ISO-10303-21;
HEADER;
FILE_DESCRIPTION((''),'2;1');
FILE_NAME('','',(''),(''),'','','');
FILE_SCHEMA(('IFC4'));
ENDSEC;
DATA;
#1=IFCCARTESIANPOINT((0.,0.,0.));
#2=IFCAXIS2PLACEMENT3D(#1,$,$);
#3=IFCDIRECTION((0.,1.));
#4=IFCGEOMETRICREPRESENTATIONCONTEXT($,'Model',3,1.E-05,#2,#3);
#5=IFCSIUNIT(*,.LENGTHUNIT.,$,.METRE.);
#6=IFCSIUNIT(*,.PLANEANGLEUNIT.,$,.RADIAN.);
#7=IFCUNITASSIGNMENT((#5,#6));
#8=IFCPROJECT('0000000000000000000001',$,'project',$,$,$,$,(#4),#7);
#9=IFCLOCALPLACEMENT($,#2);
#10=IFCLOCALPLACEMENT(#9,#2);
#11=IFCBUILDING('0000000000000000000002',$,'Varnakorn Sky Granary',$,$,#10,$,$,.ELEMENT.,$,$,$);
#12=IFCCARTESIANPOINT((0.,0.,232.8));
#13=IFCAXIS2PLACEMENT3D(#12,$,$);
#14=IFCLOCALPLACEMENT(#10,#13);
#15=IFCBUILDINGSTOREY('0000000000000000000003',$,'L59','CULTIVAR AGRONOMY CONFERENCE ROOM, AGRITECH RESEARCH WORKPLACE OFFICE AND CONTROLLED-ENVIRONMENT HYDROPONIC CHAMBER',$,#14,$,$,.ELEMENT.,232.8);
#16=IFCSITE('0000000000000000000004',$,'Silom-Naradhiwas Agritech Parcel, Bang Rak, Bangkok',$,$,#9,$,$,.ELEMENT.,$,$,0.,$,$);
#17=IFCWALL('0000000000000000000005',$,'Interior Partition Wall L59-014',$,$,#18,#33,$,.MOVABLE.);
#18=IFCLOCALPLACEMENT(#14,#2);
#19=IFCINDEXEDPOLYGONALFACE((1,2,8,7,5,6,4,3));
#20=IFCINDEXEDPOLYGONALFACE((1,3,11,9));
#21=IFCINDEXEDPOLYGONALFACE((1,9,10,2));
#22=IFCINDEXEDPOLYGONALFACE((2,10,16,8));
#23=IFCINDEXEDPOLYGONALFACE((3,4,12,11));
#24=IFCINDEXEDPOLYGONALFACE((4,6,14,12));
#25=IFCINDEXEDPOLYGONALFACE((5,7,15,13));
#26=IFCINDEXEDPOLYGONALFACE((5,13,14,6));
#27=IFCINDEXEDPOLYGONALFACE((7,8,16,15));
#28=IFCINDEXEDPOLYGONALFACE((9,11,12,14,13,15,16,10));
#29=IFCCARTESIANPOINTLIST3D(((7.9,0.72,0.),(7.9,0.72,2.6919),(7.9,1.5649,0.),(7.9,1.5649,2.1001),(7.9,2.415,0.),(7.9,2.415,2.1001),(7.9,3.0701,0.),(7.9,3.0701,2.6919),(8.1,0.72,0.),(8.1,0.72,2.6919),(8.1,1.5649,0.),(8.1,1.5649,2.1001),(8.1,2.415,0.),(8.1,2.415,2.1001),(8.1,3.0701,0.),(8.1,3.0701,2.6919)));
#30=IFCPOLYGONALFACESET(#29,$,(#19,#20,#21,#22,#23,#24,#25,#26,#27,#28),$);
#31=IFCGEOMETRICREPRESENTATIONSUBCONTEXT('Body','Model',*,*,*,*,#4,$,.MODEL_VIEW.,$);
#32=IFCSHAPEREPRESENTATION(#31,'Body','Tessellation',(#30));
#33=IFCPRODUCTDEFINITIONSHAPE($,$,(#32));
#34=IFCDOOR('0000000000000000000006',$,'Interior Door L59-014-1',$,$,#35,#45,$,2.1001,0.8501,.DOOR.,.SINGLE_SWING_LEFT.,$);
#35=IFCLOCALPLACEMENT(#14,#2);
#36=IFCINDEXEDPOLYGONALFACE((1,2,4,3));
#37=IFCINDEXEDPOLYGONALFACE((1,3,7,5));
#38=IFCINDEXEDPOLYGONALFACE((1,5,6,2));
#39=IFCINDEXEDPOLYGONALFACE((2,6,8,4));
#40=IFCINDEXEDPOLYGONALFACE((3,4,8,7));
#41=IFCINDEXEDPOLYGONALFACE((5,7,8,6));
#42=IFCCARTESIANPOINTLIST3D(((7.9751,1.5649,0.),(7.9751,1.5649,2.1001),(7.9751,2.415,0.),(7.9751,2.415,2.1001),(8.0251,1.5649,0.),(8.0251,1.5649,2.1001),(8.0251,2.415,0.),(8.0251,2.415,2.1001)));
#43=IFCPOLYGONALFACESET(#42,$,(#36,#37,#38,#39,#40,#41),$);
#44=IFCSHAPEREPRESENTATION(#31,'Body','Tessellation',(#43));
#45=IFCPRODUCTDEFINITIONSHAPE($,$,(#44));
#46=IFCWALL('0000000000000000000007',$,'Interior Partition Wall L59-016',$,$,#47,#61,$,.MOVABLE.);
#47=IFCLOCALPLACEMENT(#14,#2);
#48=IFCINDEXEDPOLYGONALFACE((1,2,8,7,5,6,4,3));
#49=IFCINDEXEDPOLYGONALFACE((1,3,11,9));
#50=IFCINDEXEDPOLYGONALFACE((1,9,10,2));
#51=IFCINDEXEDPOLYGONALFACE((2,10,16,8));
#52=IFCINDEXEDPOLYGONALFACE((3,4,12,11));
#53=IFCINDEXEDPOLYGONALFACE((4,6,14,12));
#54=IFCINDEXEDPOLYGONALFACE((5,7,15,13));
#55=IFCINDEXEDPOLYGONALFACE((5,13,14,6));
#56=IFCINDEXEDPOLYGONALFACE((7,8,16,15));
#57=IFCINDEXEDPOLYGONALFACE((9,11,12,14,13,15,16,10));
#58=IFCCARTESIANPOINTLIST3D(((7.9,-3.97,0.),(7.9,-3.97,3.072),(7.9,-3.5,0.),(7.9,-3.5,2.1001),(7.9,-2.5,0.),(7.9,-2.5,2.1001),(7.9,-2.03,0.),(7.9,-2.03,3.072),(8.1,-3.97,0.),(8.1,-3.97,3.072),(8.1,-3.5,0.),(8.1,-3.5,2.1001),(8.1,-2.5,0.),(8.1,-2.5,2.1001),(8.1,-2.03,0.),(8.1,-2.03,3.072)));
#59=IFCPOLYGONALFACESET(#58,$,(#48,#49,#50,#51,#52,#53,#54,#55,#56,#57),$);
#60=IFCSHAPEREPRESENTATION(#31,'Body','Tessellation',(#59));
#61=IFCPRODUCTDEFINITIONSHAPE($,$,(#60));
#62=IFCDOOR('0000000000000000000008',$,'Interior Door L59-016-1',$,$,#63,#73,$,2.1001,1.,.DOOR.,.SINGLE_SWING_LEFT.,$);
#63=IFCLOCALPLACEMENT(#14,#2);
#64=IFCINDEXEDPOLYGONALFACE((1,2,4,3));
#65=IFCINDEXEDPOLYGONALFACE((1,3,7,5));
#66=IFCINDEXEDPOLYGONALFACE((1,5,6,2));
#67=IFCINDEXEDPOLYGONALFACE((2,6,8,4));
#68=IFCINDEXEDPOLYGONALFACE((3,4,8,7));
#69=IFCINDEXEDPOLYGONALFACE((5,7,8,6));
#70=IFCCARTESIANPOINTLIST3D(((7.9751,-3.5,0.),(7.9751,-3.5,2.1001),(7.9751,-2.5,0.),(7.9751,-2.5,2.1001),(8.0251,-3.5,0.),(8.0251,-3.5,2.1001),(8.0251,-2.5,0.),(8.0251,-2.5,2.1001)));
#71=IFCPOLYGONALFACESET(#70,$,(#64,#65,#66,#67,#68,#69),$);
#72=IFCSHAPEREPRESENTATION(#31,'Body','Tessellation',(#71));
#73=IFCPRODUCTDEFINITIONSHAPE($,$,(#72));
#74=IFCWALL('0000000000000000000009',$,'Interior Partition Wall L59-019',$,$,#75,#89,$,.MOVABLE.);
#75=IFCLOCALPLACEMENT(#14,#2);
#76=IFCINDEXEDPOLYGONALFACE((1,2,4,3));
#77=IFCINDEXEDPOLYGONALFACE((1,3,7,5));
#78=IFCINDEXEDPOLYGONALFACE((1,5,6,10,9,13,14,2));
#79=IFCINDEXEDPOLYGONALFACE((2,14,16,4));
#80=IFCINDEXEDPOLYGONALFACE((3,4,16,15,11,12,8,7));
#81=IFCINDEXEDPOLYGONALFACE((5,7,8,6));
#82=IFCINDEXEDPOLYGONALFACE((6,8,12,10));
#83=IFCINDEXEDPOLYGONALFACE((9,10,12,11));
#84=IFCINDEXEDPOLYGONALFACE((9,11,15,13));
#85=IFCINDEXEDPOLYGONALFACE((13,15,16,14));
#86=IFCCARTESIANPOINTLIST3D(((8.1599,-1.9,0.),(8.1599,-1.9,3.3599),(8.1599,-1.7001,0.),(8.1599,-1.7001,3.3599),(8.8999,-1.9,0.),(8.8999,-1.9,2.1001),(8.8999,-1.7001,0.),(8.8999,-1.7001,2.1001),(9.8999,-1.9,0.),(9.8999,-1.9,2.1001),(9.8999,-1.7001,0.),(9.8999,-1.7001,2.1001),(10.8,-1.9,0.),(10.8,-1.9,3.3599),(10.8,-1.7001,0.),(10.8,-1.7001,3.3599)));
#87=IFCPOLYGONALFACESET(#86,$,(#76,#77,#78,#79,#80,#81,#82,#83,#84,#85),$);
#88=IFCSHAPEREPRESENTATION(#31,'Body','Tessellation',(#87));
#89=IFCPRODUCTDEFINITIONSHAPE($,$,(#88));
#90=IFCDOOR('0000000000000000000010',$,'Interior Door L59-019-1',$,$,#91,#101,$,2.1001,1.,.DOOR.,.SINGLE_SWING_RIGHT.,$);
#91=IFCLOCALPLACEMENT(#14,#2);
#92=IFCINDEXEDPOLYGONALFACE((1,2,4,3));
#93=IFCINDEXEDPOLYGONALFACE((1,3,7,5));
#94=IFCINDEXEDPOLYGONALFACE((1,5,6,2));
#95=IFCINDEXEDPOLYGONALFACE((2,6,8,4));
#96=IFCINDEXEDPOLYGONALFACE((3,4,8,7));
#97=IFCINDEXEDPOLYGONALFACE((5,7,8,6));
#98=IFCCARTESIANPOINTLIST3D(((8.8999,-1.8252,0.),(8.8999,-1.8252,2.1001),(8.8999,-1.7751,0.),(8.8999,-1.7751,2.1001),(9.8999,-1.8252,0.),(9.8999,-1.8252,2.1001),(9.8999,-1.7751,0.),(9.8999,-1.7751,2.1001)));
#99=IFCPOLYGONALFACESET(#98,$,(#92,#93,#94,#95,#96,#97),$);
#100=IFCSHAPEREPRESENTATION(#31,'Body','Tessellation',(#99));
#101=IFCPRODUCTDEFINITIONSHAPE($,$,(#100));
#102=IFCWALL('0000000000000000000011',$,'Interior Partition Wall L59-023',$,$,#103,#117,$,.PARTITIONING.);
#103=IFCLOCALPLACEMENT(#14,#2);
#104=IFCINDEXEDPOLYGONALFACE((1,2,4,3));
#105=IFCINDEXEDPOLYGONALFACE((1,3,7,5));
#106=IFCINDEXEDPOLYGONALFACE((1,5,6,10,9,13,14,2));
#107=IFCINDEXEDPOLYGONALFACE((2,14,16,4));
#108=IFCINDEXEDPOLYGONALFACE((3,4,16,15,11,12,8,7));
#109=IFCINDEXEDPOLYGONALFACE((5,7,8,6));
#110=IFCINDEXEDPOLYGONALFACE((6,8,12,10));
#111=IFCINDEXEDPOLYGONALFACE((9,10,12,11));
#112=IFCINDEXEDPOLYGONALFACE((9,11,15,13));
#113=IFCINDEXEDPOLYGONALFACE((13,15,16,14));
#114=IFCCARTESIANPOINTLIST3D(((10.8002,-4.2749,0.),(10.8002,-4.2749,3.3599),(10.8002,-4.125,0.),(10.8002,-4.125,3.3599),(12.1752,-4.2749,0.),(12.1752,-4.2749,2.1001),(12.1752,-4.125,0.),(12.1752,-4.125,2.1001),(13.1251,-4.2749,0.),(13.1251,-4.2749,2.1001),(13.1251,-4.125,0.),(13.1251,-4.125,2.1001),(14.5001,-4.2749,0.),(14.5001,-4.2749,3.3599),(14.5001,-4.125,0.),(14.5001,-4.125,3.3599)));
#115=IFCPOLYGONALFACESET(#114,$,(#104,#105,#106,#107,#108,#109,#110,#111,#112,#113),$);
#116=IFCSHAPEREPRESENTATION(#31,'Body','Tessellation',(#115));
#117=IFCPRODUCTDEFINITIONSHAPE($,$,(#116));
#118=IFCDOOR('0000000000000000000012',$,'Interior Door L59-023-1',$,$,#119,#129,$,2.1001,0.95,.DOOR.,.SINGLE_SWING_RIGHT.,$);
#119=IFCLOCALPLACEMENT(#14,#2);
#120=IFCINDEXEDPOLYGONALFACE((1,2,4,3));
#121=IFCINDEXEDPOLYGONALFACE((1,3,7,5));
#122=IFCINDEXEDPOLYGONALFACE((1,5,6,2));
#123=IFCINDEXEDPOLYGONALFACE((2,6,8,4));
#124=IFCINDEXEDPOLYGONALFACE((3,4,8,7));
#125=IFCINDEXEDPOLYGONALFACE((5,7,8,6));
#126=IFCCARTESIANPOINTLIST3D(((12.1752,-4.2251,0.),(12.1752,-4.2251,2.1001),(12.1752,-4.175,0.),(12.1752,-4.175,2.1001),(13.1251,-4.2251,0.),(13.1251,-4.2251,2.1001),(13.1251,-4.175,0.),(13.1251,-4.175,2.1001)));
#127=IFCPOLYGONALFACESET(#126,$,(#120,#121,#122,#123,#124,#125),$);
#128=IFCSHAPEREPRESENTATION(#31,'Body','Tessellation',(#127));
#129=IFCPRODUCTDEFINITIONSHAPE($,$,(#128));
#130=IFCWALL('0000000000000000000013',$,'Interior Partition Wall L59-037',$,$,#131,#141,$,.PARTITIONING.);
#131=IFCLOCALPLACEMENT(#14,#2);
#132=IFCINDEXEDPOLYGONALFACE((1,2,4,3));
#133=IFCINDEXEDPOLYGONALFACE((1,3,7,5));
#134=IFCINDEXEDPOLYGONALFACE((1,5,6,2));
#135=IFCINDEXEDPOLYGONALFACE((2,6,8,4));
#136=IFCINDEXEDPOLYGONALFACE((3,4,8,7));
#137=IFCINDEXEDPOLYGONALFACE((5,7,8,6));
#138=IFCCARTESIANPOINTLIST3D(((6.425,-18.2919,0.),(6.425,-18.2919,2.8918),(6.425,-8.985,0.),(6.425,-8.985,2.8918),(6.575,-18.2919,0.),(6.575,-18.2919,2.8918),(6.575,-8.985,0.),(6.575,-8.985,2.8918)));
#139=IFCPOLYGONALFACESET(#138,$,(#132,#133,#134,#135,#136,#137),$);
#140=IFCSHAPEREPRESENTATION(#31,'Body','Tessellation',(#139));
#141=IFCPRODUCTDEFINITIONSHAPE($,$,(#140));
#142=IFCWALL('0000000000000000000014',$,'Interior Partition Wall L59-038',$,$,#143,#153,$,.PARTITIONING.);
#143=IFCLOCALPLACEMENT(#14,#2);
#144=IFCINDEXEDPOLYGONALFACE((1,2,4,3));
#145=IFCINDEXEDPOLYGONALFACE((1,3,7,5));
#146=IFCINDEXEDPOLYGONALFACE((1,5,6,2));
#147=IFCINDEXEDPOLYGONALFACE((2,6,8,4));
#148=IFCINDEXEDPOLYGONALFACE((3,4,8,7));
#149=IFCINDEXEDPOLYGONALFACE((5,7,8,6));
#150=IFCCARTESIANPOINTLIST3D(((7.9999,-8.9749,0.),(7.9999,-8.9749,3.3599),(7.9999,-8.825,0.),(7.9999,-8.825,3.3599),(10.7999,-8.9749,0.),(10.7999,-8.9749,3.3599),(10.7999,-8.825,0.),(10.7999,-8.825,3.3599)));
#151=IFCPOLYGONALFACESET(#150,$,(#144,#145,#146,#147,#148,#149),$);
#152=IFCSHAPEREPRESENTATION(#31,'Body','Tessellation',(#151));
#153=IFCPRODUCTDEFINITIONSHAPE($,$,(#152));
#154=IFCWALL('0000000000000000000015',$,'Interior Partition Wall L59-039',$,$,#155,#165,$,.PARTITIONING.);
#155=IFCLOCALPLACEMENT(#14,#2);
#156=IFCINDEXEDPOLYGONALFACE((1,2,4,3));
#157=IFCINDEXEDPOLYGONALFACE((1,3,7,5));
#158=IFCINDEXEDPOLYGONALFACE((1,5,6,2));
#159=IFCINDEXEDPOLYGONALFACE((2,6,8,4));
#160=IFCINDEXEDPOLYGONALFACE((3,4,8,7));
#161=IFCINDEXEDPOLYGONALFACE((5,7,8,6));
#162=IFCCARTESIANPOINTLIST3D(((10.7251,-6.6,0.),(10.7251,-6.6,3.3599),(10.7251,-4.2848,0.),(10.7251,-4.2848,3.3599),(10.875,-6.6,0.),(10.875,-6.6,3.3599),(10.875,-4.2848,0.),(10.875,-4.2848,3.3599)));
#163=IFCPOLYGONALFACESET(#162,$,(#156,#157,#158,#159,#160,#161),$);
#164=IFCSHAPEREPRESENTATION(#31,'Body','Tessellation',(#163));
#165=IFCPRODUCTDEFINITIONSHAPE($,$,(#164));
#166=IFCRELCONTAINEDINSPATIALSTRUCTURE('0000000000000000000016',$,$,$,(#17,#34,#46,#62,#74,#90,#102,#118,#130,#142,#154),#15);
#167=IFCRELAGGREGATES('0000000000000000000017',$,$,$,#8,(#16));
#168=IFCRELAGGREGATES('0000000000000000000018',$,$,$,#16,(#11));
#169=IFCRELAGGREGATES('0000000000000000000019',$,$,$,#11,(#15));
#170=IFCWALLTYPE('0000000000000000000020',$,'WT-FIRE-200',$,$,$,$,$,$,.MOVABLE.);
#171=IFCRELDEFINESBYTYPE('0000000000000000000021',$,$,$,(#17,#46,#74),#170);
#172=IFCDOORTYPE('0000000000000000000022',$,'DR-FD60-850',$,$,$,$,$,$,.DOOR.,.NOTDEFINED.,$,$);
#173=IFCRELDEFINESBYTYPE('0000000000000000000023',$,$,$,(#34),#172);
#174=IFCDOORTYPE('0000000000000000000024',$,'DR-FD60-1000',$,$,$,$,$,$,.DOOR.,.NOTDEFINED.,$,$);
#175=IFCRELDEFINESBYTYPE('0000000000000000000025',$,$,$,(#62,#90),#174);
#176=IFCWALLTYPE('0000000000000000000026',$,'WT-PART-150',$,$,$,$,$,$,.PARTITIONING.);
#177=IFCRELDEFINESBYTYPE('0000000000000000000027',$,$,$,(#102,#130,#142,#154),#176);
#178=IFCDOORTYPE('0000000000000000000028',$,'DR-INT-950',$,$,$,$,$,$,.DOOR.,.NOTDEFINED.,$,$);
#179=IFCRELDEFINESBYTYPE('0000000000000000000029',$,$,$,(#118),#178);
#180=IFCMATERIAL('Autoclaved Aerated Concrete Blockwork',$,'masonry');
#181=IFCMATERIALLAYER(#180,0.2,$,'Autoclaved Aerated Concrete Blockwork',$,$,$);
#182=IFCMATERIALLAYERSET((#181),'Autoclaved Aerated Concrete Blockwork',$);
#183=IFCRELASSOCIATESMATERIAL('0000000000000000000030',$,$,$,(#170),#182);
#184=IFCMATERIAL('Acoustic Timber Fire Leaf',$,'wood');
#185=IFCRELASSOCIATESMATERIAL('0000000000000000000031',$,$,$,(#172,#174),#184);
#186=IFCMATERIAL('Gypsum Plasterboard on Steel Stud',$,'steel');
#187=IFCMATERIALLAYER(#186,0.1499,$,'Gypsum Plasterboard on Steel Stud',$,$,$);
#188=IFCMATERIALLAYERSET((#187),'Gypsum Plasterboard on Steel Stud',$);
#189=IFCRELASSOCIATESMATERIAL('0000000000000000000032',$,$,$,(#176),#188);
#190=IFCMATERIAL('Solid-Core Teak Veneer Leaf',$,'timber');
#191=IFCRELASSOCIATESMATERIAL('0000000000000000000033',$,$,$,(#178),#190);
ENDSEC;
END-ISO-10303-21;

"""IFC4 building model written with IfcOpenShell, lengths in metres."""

from ifc_helpers import new_model, si_unit, direction, frame, frame_2d, origin, place, context, subcontext, project, spatial, rectangle, extrude, material, layer, layer_set, type_object, element, fill, save


model = new_model("IFC4")

# Units and contexts
model_context = context("Model", 3, precision=1e-05, world=origin(), true_north=direction((0.0, 1.0)))
body_context = subcontext(model_context, "Body", "Model", "MODEL_VIEW")
ifc_project = project(units=[si_unit("LENGTHUNIT", "METRE"), si_unit("PLANEANGLEUNIT", "RADIAN")], contexts=[model_context])

# Site, building, storey
site_placement = place(None, origin())
site = spatial("IfcSite", under=ifc_project, at=site_placement, Name="Silom-Naradhiwas Agritech Parcel, Bang Rak, Bangkok", CompositionType="ELEMENT", RefElevation=0.0)
building_placement = place(site_placement, origin())
building = spatial("IfcBuilding", under=site, at=building_placement, Name="Varnakorn Sky Granary", CompositionType="ELEMENT")
storey_placement = place(building_placement, frame((0.0, 0.0, 232.8)))
storey = spatial("IfcBuildingStorey", under=building, at=storey_placement, Name="L59", Description="CULTIVAR AGRONOMY CONFERENCE ROOM, AGRITECH RESEARCH WORKPLACE OFFICE AND CONTROLLED-ENVIRONMENT HYDROPONIC CHAMBER", CompositionType="ELEMENT", Elevation=232.8)

# Walls, openings, doors
ifc_material_1 = material(Name="Autoclaved Aerated Concrete Blockwork", Category="masonry")
ifc_layer_1 = layer(ifc_material_1, 0.2, Name="Autoclaved Aerated Concrete Blockwork")
ifc_layer_set_1 = layer_set([ifc_layer_1], Name="Autoclaved Aerated Concrete Blockwork")
wall_type_1 = type_object("IfcWallType", Name="WT-FIRE-200", PredefinedType="MOVABLE", material=ifc_layer_set_1)
wall_1_placement = place(storey_placement, frame((8.0, 0.72, 0.0), z_axis=(0.0, 0.0, 1.0), x_axis=(0.0, 1.0, 0.0)))
wall_1 = element("IfcWall", 1, at=wall_1_placement, inside=storey, type_object=wall_type_1, Name="Interior Partition Wall L59-014", PredefinedType="MOVABLE", context=body_context, shape_type="SweptSolid", body=[
    extrude(rectangle(XDim=2.3501, YDim=0.2, at=frame_2d((1.175, 0.0))), origin(), (0.0, 0.0, 1.0), 2.6919),
])
opening_1_placement = place(wall_1_placement, frame((0.845, 0.0, 0.0)))
opening_1 = element("IfcOpeningElement", 2, at=opening_1_placement, cuts=wall_1, PredefinedType="OPENING", context=body_context, shape_type="SweptSolid", body=[
    extrude(rectangle(XDim=0.8501, YDim=2.1001, at=frame_2d((0.425, 1.05))), frame((0.0, 0.1099, 0.0), z_axis=(0.0, -1.0, 0.0), x_axis=(1.0, 0.0, 0.0)), (0.0, 0.0, 1.0), 0.22),
])
ifc_material_2 = material(Name="Acoustic Timber Fire Leaf", Category="wood")
door_type_1 = type_object("IfcDoorType", Name="DR-FD60-850", OperationType="NOTDEFINED", PredefinedType="DOOR", material=ifc_material_2)
door_1_placement = place(opening_1_placement, origin())
door_1 = element("IfcDoor", 3, at=door_1_placement, inside=storey, type_object=door_type_1, Name="Interior Door L59-014-1", OperationType="SINGLE_SWING_LEFT", OverallHeight=2.1001, OverallWidth=0.8501, PredefinedType="DOOR", context=body_context, shape_type="SweptSolid", body=[
    extrude(rectangle(XDim=0.8501, YDim=2.1001, at=frame_2d((0.425, 1.05))), frame((0.0, 0.0249, 0.0), z_axis=(0.0, -1.0, 0.0), x_axis=(1.0, 0.0, 0.0)), (0.0, 0.0, 1.0), 0.05),
])
fill(opening_1, door_1)
wall_2_placement = place(storey_placement, frame((8.0, -3.97, 0.0), z_axis=(0.0, 0.0, 1.0), x_axis=(0.0, 1.0, 0.0)))
wall_2 = element("IfcWall", 4, at=wall_2_placement, inside=storey, type_object=wall_type_1, Name="Interior Partition Wall L59-016", PredefinedType="MOVABLE", context=body_context, shape_type="SweptSolid", body=[
    extrude(rectangle(XDim=1.9399, YDim=0.2, at=frame_2d((0.97, 0.0))), origin(), (0.0, 0.0, 1.0), 3.072),
])
opening_2_placement = place(wall_2_placement, frame((0.47, 0.0, 0.0)))
opening_2 = element("IfcOpeningElement", 5, at=opening_2_placement, cuts=wall_2, PredefinedType="OPENING", context=body_context, shape_type="SweptSolid", body=[
    extrude(rectangle(XDim=1.0, YDim=2.1001, at=frame_2d((0.5, 1.05))), frame((0.0, 0.1099, 0.0), z_axis=(0.0, -1.0, 0.0), x_axis=(1.0, 0.0, 0.0)), (0.0, 0.0, 1.0), 0.22),
])
door_type_2 = type_object("IfcDoorType", Name="DR-FD60-1000", OperationType="NOTDEFINED", PredefinedType="DOOR", material=ifc_material_2)
door_2_placement = place(opening_2_placement, origin())
door_2 = element("IfcDoor", 6, at=door_2_placement, inside=storey, type_object=door_type_2, Name="Interior Door L59-016-1", OperationType="SINGLE_SWING_LEFT", OverallHeight=2.1001, OverallWidth=1.0, PredefinedType="DOOR", context=body_context, shape_type="SweptSolid", body=[
    extrude(rectangle(XDim=1.0, YDim=2.1001, at=frame_2d((0.5, 1.05))), frame((0.0, 0.0249, 0.0), z_axis=(0.0, -1.0, 0.0), x_axis=(1.0, 0.0, 0.0)), (0.0, 0.0, 1.0), 0.05),
])
fill(opening_2, door_2)
wall_3_placement = place(storey_placement, frame((8.1599, -1.8, 0.0), z_axis=(0.0, 0.0, 1.0), x_axis=(1.0, 0.0, 0.0)))
wall_3 = element("IfcWall", 7, at=wall_3_placement, inside=storey, type_object=wall_type_1, Name="Interior Partition Wall L59-019", PredefinedType="MOVABLE", context=body_context, shape_type="SweptSolid", body=[
    extrude(rectangle(XDim=2.6401, YDim=0.2, at=frame_2d((1.3201, 0.0))), origin(), (0.0, 0.0, 1.0), 3.3599),
])
opening_3_placement = place(wall_3_placement, frame((0.74, 0.0, 0.0)))
opening_3 = element("IfcOpeningElement", 8, at=opening_3_placement, cuts=wall_3, PredefinedType="OPENING", context=body_context, shape_type="SweptSolid", body=[
    extrude(rectangle(XDim=1.0, YDim=2.1001, at=frame_2d((0.5, 1.05))), frame((0.0, 0.1099, 0.0), z_axis=(0.0, -1.0, 0.0), x_axis=(1.0, 0.0, 0.0)), (0.0, 0.0, 1.0), 0.22),
])
door_3_placement = place(opening_3_placement, origin())
door_3 = element("IfcDoor", 9, at=door_3_placement, inside=storey, type_object=door_type_2, Name="Interior Door L59-019-1", OperationType="SINGLE_SWING_RIGHT", OverallHeight=2.1001, OverallWidth=1.0, PredefinedType="DOOR", context=body_context, shape_type="SweptSolid", body=[
    extrude(rectangle(XDim=1.0, YDim=2.1001, at=frame_2d((0.5, 1.05))), frame((0.0, 0.0249, 0.0), z_axis=(0.0, -1.0, 0.0), x_axis=(1.0, 0.0, 0.0)), (0.0, 0.0, 1.0), 0.05),
])
fill(opening_3, door_3)
ifc_material_3 = material(Name="Gypsum Plasterboard on Steel Stud", Category="steel")
ifc_layer_2 = layer(ifc_material_3, 0.1499, Name="Gypsum Plasterboard on Steel Stud")
ifc_layer_set_2 = layer_set([ifc_layer_2], Name="Gypsum Plasterboard on Steel Stud")
wall_type_2 = type_object("IfcWallType", Name="WT-PART-150", PredefinedType="PARTITIONING", material=ifc_layer_set_2)
wall_4_placement = place(storey_placement, frame((10.8, -4.2, 0.0), z_axis=(0.0, 0.0, 1.0), x_axis=(1.0, 0.0, 0.0)))
wall_4 = element("IfcWall", 10, at=wall_4_placement, inside=storey, type_object=wall_type_2, Name="Interior Partition Wall L59-023", PredefinedType="PARTITIONING", context=body_context, shape_type="SweptSolid", body=[
    extrude(rectangle(XDim=3.7, YDim=0.1499, at=frame_2d((1.8501, 0.0))), origin(), (0.0, 0.0, 1.0), 3.3599),
])
opening_4_placement = place(wall_4_placement, frame((1.375, 0.0, 0.0)))
opening_4 = element("IfcOpeningElement", 11, at=opening_4_placement, cuts=wall_4, PredefinedType="OPENING", context=body_context, shape_type="SweptSolid", body=[
    extrude(rectangle(XDim=0.95, YDim=2.1001, at=frame_2d((0.4751, 1.05))), frame((0.0, 0.085, 0.0), z_axis=(0.0, -1.0, 0.0), x_axis=(1.0, 0.0, 0.0)), (0.0, 0.0, 1.0), 0.1699),
])
ifc_material_4 = material(Name="Solid-Core Teak Veneer Leaf", Category="timber")
door_type_3 = type_object("IfcDoorType", Name="DR-INT-950", OperationType="NOTDEFINED", PredefinedType="DOOR", material=ifc_material_4)
door_4_placement = place(opening_4_placement, origin())
door_4 = element("IfcDoor", 12, at=door_4_placement, inside=storey, type_object=door_type_3, Name="Interior Door L59-023-1", OperationType="SINGLE_SWING_RIGHT", OverallHeight=2.1001, OverallWidth=0.95, PredefinedType="DOOR", context=body_context, shape_type="SweptSolid", body=[
    extrude(rectangle(XDim=0.95, YDim=2.1001, at=frame_2d((0.4751, 1.05))), frame((0.0, 0.0249, 0.0), z_axis=(0.0, -1.0, 0.0), x_axis=(1.0, 0.0, 0.0)), (0.0, 0.0, 1.0), 0.05),
])
fill(opening_4, door_4)

# Walls
wall_5_placement = place(storey_placement, frame((6.5, -8.9851, 0.0), z_axis=(0.0, 0.0, 1.0), x_axis=(0.0, -1.0, 0.0)))
element("IfcWall", 13, at=wall_5_placement, inside=storey, type_object=wall_type_2, Name="Interior Partition Wall L59-037", PredefinedType="PARTITIONING", context=body_context, shape_type="SweptSolid", body=[
    extrude(rectangle(XDim=9.3069, YDim=0.1499, at=frame_2d((4.6533, 0.0))), origin(), (0.0, 0.0, 1.0), 2.8918),
])
wall_6_placement = place(storey_placement, frame((8.0, -8.8999, 0.0), z_axis=(0.0, 0.0, 1.0), x_axis=(1.0, 0.0, 0.0)))
element("IfcWall", 14, at=wall_6_placement, inside=storey, type_object=wall_type_2, Name="Interior Partition Wall L59-038", PredefinedType="PARTITIONING", context=body_context, shape_type="SweptSolid", body=[
    extrude(rectangle(XDim=2.8, YDim=0.1499, at=frame_2d((1.3999, 0.0))), origin(), (0.0, 0.0, 1.0), 3.3599),
])
wall_7_placement = place(storey_placement, frame((10.8, -6.6001, 0.0), z_axis=(0.0, 0.0, 1.0), x_axis=(0.0, 1.0, 0.0)))
element("IfcWall", 15, at=wall_7_placement, inside=storey, type_object=wall_type_2, Name="Interior Partition Wall L59-039", PredefinedType="PARTITIONING", context=body_context, shape_type="SweptSolid", body=[
    extrude(rectangle(XDim=2.3152, YDim=0.1499, at=frame_2d((1.1577, 0.0))), origin(), (0.0, 0.0, 1.0), 3.3599),
])

save(model, "model.ifc")
